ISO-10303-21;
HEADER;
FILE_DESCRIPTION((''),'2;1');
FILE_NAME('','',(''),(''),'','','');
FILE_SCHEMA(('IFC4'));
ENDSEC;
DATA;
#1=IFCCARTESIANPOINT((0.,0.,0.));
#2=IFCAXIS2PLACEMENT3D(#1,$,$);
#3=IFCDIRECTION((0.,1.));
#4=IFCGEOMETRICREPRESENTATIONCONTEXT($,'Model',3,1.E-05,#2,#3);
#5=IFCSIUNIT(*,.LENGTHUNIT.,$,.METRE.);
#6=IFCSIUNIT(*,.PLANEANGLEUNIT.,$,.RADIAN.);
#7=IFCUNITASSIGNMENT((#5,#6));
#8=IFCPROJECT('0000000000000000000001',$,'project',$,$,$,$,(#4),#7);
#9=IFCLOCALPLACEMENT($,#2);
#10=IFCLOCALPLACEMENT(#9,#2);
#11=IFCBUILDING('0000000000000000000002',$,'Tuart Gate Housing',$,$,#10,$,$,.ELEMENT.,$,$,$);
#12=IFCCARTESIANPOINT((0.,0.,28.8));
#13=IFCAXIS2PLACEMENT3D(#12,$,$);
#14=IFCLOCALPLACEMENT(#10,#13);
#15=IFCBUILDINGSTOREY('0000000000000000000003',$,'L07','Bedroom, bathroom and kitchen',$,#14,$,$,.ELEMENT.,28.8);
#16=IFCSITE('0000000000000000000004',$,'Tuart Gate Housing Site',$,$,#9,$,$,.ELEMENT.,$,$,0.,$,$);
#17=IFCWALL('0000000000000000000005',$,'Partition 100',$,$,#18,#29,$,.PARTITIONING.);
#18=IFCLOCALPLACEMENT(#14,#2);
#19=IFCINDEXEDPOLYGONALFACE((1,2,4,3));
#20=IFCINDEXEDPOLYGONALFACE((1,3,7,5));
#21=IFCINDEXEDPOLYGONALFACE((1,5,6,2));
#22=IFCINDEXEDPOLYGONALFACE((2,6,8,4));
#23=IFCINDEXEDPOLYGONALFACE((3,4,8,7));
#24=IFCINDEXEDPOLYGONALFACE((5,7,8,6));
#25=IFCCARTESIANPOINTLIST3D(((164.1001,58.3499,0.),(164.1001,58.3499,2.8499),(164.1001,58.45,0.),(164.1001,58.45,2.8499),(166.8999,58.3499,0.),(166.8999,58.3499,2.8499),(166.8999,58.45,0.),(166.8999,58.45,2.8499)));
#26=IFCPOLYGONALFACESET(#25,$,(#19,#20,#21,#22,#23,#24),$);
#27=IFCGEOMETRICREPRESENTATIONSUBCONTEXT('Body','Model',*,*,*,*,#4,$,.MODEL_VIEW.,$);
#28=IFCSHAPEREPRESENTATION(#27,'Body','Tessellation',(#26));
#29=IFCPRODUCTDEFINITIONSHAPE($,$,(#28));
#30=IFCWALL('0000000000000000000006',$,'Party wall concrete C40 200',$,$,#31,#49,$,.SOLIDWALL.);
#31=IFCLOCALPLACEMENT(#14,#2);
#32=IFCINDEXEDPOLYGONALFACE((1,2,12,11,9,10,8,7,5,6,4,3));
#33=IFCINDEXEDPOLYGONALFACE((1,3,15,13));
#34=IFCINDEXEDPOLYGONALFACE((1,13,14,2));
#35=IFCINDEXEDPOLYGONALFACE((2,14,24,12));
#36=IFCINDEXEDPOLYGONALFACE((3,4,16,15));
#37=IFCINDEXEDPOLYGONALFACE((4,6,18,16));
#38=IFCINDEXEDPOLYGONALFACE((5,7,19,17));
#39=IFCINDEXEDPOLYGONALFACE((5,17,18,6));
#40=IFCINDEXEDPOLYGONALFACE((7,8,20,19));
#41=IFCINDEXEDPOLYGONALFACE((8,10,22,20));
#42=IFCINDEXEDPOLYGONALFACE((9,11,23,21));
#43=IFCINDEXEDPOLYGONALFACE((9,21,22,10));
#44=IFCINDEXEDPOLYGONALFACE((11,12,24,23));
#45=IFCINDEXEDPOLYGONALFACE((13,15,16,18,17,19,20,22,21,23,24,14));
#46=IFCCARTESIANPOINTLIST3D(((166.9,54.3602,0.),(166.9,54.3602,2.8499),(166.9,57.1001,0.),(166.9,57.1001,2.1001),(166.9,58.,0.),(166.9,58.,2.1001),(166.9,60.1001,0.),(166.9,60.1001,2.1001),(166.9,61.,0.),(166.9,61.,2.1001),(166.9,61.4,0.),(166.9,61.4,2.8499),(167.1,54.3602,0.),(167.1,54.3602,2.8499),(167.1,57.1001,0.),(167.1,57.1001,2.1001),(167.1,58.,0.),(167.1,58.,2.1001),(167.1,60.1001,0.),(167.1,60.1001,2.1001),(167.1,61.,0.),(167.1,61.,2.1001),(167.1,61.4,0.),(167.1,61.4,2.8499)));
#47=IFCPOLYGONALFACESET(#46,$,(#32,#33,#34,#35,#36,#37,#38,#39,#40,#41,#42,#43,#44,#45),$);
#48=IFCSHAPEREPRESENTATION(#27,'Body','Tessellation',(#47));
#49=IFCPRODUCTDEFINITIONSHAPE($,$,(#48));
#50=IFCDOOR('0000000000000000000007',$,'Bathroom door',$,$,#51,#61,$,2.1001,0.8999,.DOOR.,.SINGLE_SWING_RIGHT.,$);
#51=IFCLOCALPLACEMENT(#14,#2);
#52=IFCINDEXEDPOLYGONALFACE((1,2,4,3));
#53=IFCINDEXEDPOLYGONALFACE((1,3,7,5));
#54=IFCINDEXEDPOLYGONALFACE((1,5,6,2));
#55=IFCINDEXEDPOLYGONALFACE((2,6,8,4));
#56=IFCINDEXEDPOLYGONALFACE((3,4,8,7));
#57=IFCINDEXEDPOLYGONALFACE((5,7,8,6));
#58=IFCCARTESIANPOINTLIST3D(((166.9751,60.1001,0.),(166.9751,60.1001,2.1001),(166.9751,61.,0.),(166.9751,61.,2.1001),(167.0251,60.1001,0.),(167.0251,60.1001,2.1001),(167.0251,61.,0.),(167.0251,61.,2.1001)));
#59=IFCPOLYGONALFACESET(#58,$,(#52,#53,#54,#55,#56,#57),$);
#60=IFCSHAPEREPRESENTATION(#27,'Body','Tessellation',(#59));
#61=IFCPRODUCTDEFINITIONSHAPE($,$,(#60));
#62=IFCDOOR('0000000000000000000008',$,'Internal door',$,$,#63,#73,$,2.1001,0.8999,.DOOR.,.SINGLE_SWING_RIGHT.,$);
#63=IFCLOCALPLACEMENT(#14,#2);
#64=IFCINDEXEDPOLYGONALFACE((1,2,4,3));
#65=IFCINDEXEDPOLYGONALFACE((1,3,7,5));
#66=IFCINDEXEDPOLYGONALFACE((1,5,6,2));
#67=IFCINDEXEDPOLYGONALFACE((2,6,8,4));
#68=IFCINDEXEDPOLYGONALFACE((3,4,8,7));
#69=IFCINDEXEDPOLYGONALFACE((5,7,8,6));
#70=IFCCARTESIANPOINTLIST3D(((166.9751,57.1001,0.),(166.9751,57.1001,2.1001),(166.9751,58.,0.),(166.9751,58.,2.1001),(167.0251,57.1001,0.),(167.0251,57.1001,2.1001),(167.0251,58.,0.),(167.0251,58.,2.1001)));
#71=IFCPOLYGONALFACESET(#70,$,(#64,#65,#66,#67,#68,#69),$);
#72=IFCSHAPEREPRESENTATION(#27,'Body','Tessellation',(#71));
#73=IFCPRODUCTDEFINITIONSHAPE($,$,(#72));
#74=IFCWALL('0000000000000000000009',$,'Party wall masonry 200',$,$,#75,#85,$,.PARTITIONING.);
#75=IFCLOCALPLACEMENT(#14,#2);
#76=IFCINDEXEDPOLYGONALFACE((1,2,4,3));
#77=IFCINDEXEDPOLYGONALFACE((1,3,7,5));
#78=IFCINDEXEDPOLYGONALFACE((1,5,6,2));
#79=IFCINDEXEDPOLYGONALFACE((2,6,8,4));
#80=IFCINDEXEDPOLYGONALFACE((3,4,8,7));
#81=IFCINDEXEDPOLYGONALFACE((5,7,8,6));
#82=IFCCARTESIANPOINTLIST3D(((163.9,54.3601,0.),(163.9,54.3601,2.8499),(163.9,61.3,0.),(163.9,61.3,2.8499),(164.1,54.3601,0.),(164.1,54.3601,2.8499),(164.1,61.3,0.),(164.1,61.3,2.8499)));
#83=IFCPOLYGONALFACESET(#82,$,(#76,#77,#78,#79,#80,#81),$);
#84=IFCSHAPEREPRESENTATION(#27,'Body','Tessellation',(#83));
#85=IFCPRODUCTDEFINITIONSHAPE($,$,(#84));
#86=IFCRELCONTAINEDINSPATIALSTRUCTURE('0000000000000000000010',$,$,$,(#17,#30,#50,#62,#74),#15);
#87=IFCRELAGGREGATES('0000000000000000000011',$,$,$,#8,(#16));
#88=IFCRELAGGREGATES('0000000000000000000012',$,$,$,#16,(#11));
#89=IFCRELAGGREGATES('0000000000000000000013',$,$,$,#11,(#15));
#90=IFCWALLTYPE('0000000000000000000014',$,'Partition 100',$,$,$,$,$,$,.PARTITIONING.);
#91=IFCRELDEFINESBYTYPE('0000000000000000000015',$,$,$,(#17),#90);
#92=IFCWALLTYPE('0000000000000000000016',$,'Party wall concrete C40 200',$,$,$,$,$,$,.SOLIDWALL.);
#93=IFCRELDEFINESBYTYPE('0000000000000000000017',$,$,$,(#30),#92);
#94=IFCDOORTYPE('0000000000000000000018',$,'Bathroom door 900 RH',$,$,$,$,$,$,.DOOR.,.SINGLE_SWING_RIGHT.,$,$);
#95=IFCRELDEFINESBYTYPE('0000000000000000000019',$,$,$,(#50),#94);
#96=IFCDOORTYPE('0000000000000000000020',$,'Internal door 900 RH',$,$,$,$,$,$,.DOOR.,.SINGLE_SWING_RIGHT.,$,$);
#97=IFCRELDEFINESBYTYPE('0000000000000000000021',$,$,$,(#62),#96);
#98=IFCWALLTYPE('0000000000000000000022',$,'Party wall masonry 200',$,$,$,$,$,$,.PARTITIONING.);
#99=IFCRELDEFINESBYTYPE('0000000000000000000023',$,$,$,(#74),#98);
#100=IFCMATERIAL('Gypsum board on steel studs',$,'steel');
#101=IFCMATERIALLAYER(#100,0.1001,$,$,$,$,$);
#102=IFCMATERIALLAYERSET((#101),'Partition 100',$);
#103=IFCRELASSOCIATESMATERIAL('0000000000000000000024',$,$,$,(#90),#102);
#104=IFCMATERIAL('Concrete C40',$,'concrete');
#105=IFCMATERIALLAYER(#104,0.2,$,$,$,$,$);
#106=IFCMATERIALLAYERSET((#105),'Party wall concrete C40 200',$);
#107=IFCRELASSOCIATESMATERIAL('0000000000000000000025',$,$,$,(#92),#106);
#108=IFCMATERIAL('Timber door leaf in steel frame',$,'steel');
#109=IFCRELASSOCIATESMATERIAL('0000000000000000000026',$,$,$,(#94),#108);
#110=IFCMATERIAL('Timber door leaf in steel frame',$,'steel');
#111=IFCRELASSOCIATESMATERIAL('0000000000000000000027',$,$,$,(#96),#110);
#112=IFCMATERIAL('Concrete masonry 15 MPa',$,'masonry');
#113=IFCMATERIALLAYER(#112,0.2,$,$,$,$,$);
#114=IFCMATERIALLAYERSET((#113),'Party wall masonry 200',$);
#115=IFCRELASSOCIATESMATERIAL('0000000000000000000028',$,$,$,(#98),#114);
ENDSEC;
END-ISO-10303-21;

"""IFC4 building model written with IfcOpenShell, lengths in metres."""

from ifc_helpers import new_model, si_unit, direction, frame, frame_2d, origin, place, context, subcontext, project, spatial, rectangle, extrude, material, layer, layer_set, type_object, element, fill, save


model = new_model("IFC4")

# Units and contexts
model_context = context("Model", 3, precision=1e-05, world=origin(), true_north=direction((0.0, 1.0)))
body_context = subcontext(model_context, "Body", "Model", "MODEL_VIEW")
ifc_project = project(units=[si_unit("LENGTHUNIT", "METRE"), si_unit("PLANEANGLEUNIT", "RADIAN")], contexts=[model_context])

# Site, building, storey
site_placement = place(None, origin())
site = spatial("IfcSite", under=ifc_project, at=site_placement, Name="Tuart Gate Housing Site", CompositionType="ELEMENT", RefElevation=0.0)
building_placement = place(site_placement, origin())
building = spatial("IfcBuilding", under=site, at=building_placement, Name="Tuart Gate Housing", CompositionType="ELEMENT")
storey_placement = place(building_placement, frame((0.0, 0.0, 28.8)))
storey = spatial("IfcBuildingStorey", under=building, at=storey_placement, Name="L07", Description="Bedroom, bathroom and kitchen", CompositionType="ELEMENT", Elevation=28.8)

# Wall
ifc_material_1 = material(Name="Gypsum board on steel studs", Category="steel")
ifc_layer_1 = layer(ifc_material_1, 0.1001)
ifc_layer_set_1 = layer_set([ifc_layer_1], Name="Partition 100")
wall_type_1 = type_object("IfcWallType", Name="Partition 100", PredefinedType="PARTITIONING", material=ifc_layer_set_1)
wall_1_placement = place(storey_placement, frame((164.1001, 58.3999, 0.0), z_axis=(0.0, 0.0, 1.0), x_axis=(1.0, 0.0, 0.0)))
element("IfcWall", 1, at=wall_1_placement, inside=storey, type_object=wall_type_1, Name="Partition 100", PredefinedType="PARTITIONING", context=body_context, shape_type="SweptSolid", body=[
    extrude(rectangle(XDim=2.7998, YDim=0.1001, at=frame_2d((1.3999, 0.0))), origin(), (0.0, 0.0, 1.0), 2.8499),
])

# Wall, openings, doors
ifc_material_2 = material(Name="Concrete C40", Category="concrete")
ifc_layer_2 = layer(ifc_material_2, 0.2)
ifc_layer_set_2 = layer_set([ifc_layer_2], Name="Party wall concrete C40 200")
wall_type_2 = type_object("IfcWallType", Name="Party wall concrete C40 200", PredefinedType="SOLIDWALL", material=ifc_layer_set_2)
wall_2_placement = place(storey_placement, frame((167.0, 54.3601, 0.0), z_axis=(0.0, 0.0, 1.0), x_axis=(0.0, 1.0, 0.0)))
wall_2 = element("IfcWall", 2, at=wall_2_placement, inside=storey, type_object=wall_type_2, Name="Party wall concrete C40 200", PredefinedType="SOLIDWALL", context=body_context, shape_type="SweptSolid", body=[
    extrude(rectangle(XDim=7.0398, YDim=0.2, at=frame_2d((3.52, 0.0))), origin(), (0.0, 0.0, 1.0), 2.8499),
])
opening_1_placement = place(wall_2_placement, frame((2.74, 0.0, 0.0)))
opening_1 = element("IfcOpeningElement", 3, at=opening_1_placement, cuts=wall_2, PredefinedType="OPENING", context=body_context, shape_type="SweptSolid", body=[
    extrude(rectangle(XDim=0.8999, YDim=2.1001, at=frame_2d((0.45, 1.05))), frame((0.0, 0.1099, 0.0), z_axis=(0.0, -1.0, 0.0), x_axis=(1.0, 0.0, 0.0)), (0.0, 0.0, 1.0), 0.22),
])
opening_2_placement = place(wall_2_placement, frame((5.74, 0.0, 0.0)))
opening_2 = element("IfcOpeningElement", 4, at=opening_2_placement, cuts=wall_2, PredefinedType="OPENING", context=body_context, shape_type="SweptSolid", body=[
    extrude(rectangle(XDim=0.8999, YDim=2.1001, at=frame_2d((0.45, 1.05))), frame((0.0, 0.1099, 0.0), z_axis=(0.0, -1.0, 0.0), x_axis=(1.0, 0.0, 0.0)), (0.0, 0.0, 1.0), 0.22),
])
ifc_material_3 = material(Name="Timber door leaf in steel frame", Category="steel")
door_type_1 = type_object("IfcDoorType", Name="Bathroom door 900 RH", OperationType="SINGLE_SWING_RIGHT", PredefinedType="DOOR", material=ifc_material_3)
door_1_placement = place(opening_2_placement, origin())
door_1 = element("IfcDoor", 5, at=door_1_placement, inside=storey, type_object=door_type_1, Name="Bathroom door", OperationType="SINGLE_SWING_RIGHT", OverallHeight=2.1001, OverallWidth=0.8999, PredefinedType="DOOR", context=body_context, shape_type="SweptSolid", body=[
    extrude(rectangle(XDim=0.8999, YDim=2.1001, at=frame_2d((0.45, 1.05))), frame((0.0, 0.0249, 0.0), z_axis=(0.0, -1.0, 0.0), x_axis=(1.0, 0.0, 0.0)), (0.0, 0.0, 1.0), 0.05),
])
fill(opening_2, door_1)
ifc_material_4 = material(Name="Timber door leaf in steel frame", Category="steel")
door_type_2 = type_object("IfcDoorType", Name="Internal door 900 RH", OperationType="SINGLE_SWING_RIGHT", PredefinedType="DOOR", material=ifc_material_4)
door_2_placement = place(opening_1_placement, origin())
door_2 = element("IfcDoor", 6, at=door_2_placement, inside=storey, type_object=door_type_2, Name="Internal door", OperationType="SINGLE_SWING_RIGHT", OverallHeight=2.1001, OverallWidth=0.8999, PredefinedType="DOOR", context=body_context, shape_type="SweptSolid", body=[
    extrude(rectangle(XDim=0.8999, YDim=2.1001, at=frame_2d((0.45, 1.05))), frame((0.0, 0.0249, 0.0), z_axis=(0.0, -1.0, 0.0), x_axis=(1.0, 0.0, 0.0)), (0.0, 0.0, 1.0), 0.05),
])
fill(opening_1, door_2)

# Wall
ifc_material_5 = material(Name="Concrete masonry 15 MPa", Category="masonry")
ifc_layer_3 = layer(ifc_material_5, 0.2)
ifc_layer_set_3 = layer_set([ifc_layer_3], Name="Party wall masonry 200")
wall_type_3 = type_object("IfcWallType", Name="Party wall masonry 200", PredefinedType="PARTITIONING", material=ifc_layer_set_3)
wall_3_placement = place(storey_placement, frame((164.0, 54.3601, 0.0), z_axis=(0.0, 0.0, 1.0), x_axis=(0.0, 1.0, 0.0)))
element("IfcWall", 7, at=wall_3_placement, inside=storey, type_object=wall_type_3, Name="Party wall masonry 200", PredefinedType="PARTITIONING", context=body_context, shape_type="SweptSolid", body=[
    extrude(rectangle(XDim=6.9399, YDim=0.2, at=frame_2d((3.47, 0.0))), origin(), (0.0, 0.0, 1.0), 2.8499),
])

save(model, "model.ifc")
